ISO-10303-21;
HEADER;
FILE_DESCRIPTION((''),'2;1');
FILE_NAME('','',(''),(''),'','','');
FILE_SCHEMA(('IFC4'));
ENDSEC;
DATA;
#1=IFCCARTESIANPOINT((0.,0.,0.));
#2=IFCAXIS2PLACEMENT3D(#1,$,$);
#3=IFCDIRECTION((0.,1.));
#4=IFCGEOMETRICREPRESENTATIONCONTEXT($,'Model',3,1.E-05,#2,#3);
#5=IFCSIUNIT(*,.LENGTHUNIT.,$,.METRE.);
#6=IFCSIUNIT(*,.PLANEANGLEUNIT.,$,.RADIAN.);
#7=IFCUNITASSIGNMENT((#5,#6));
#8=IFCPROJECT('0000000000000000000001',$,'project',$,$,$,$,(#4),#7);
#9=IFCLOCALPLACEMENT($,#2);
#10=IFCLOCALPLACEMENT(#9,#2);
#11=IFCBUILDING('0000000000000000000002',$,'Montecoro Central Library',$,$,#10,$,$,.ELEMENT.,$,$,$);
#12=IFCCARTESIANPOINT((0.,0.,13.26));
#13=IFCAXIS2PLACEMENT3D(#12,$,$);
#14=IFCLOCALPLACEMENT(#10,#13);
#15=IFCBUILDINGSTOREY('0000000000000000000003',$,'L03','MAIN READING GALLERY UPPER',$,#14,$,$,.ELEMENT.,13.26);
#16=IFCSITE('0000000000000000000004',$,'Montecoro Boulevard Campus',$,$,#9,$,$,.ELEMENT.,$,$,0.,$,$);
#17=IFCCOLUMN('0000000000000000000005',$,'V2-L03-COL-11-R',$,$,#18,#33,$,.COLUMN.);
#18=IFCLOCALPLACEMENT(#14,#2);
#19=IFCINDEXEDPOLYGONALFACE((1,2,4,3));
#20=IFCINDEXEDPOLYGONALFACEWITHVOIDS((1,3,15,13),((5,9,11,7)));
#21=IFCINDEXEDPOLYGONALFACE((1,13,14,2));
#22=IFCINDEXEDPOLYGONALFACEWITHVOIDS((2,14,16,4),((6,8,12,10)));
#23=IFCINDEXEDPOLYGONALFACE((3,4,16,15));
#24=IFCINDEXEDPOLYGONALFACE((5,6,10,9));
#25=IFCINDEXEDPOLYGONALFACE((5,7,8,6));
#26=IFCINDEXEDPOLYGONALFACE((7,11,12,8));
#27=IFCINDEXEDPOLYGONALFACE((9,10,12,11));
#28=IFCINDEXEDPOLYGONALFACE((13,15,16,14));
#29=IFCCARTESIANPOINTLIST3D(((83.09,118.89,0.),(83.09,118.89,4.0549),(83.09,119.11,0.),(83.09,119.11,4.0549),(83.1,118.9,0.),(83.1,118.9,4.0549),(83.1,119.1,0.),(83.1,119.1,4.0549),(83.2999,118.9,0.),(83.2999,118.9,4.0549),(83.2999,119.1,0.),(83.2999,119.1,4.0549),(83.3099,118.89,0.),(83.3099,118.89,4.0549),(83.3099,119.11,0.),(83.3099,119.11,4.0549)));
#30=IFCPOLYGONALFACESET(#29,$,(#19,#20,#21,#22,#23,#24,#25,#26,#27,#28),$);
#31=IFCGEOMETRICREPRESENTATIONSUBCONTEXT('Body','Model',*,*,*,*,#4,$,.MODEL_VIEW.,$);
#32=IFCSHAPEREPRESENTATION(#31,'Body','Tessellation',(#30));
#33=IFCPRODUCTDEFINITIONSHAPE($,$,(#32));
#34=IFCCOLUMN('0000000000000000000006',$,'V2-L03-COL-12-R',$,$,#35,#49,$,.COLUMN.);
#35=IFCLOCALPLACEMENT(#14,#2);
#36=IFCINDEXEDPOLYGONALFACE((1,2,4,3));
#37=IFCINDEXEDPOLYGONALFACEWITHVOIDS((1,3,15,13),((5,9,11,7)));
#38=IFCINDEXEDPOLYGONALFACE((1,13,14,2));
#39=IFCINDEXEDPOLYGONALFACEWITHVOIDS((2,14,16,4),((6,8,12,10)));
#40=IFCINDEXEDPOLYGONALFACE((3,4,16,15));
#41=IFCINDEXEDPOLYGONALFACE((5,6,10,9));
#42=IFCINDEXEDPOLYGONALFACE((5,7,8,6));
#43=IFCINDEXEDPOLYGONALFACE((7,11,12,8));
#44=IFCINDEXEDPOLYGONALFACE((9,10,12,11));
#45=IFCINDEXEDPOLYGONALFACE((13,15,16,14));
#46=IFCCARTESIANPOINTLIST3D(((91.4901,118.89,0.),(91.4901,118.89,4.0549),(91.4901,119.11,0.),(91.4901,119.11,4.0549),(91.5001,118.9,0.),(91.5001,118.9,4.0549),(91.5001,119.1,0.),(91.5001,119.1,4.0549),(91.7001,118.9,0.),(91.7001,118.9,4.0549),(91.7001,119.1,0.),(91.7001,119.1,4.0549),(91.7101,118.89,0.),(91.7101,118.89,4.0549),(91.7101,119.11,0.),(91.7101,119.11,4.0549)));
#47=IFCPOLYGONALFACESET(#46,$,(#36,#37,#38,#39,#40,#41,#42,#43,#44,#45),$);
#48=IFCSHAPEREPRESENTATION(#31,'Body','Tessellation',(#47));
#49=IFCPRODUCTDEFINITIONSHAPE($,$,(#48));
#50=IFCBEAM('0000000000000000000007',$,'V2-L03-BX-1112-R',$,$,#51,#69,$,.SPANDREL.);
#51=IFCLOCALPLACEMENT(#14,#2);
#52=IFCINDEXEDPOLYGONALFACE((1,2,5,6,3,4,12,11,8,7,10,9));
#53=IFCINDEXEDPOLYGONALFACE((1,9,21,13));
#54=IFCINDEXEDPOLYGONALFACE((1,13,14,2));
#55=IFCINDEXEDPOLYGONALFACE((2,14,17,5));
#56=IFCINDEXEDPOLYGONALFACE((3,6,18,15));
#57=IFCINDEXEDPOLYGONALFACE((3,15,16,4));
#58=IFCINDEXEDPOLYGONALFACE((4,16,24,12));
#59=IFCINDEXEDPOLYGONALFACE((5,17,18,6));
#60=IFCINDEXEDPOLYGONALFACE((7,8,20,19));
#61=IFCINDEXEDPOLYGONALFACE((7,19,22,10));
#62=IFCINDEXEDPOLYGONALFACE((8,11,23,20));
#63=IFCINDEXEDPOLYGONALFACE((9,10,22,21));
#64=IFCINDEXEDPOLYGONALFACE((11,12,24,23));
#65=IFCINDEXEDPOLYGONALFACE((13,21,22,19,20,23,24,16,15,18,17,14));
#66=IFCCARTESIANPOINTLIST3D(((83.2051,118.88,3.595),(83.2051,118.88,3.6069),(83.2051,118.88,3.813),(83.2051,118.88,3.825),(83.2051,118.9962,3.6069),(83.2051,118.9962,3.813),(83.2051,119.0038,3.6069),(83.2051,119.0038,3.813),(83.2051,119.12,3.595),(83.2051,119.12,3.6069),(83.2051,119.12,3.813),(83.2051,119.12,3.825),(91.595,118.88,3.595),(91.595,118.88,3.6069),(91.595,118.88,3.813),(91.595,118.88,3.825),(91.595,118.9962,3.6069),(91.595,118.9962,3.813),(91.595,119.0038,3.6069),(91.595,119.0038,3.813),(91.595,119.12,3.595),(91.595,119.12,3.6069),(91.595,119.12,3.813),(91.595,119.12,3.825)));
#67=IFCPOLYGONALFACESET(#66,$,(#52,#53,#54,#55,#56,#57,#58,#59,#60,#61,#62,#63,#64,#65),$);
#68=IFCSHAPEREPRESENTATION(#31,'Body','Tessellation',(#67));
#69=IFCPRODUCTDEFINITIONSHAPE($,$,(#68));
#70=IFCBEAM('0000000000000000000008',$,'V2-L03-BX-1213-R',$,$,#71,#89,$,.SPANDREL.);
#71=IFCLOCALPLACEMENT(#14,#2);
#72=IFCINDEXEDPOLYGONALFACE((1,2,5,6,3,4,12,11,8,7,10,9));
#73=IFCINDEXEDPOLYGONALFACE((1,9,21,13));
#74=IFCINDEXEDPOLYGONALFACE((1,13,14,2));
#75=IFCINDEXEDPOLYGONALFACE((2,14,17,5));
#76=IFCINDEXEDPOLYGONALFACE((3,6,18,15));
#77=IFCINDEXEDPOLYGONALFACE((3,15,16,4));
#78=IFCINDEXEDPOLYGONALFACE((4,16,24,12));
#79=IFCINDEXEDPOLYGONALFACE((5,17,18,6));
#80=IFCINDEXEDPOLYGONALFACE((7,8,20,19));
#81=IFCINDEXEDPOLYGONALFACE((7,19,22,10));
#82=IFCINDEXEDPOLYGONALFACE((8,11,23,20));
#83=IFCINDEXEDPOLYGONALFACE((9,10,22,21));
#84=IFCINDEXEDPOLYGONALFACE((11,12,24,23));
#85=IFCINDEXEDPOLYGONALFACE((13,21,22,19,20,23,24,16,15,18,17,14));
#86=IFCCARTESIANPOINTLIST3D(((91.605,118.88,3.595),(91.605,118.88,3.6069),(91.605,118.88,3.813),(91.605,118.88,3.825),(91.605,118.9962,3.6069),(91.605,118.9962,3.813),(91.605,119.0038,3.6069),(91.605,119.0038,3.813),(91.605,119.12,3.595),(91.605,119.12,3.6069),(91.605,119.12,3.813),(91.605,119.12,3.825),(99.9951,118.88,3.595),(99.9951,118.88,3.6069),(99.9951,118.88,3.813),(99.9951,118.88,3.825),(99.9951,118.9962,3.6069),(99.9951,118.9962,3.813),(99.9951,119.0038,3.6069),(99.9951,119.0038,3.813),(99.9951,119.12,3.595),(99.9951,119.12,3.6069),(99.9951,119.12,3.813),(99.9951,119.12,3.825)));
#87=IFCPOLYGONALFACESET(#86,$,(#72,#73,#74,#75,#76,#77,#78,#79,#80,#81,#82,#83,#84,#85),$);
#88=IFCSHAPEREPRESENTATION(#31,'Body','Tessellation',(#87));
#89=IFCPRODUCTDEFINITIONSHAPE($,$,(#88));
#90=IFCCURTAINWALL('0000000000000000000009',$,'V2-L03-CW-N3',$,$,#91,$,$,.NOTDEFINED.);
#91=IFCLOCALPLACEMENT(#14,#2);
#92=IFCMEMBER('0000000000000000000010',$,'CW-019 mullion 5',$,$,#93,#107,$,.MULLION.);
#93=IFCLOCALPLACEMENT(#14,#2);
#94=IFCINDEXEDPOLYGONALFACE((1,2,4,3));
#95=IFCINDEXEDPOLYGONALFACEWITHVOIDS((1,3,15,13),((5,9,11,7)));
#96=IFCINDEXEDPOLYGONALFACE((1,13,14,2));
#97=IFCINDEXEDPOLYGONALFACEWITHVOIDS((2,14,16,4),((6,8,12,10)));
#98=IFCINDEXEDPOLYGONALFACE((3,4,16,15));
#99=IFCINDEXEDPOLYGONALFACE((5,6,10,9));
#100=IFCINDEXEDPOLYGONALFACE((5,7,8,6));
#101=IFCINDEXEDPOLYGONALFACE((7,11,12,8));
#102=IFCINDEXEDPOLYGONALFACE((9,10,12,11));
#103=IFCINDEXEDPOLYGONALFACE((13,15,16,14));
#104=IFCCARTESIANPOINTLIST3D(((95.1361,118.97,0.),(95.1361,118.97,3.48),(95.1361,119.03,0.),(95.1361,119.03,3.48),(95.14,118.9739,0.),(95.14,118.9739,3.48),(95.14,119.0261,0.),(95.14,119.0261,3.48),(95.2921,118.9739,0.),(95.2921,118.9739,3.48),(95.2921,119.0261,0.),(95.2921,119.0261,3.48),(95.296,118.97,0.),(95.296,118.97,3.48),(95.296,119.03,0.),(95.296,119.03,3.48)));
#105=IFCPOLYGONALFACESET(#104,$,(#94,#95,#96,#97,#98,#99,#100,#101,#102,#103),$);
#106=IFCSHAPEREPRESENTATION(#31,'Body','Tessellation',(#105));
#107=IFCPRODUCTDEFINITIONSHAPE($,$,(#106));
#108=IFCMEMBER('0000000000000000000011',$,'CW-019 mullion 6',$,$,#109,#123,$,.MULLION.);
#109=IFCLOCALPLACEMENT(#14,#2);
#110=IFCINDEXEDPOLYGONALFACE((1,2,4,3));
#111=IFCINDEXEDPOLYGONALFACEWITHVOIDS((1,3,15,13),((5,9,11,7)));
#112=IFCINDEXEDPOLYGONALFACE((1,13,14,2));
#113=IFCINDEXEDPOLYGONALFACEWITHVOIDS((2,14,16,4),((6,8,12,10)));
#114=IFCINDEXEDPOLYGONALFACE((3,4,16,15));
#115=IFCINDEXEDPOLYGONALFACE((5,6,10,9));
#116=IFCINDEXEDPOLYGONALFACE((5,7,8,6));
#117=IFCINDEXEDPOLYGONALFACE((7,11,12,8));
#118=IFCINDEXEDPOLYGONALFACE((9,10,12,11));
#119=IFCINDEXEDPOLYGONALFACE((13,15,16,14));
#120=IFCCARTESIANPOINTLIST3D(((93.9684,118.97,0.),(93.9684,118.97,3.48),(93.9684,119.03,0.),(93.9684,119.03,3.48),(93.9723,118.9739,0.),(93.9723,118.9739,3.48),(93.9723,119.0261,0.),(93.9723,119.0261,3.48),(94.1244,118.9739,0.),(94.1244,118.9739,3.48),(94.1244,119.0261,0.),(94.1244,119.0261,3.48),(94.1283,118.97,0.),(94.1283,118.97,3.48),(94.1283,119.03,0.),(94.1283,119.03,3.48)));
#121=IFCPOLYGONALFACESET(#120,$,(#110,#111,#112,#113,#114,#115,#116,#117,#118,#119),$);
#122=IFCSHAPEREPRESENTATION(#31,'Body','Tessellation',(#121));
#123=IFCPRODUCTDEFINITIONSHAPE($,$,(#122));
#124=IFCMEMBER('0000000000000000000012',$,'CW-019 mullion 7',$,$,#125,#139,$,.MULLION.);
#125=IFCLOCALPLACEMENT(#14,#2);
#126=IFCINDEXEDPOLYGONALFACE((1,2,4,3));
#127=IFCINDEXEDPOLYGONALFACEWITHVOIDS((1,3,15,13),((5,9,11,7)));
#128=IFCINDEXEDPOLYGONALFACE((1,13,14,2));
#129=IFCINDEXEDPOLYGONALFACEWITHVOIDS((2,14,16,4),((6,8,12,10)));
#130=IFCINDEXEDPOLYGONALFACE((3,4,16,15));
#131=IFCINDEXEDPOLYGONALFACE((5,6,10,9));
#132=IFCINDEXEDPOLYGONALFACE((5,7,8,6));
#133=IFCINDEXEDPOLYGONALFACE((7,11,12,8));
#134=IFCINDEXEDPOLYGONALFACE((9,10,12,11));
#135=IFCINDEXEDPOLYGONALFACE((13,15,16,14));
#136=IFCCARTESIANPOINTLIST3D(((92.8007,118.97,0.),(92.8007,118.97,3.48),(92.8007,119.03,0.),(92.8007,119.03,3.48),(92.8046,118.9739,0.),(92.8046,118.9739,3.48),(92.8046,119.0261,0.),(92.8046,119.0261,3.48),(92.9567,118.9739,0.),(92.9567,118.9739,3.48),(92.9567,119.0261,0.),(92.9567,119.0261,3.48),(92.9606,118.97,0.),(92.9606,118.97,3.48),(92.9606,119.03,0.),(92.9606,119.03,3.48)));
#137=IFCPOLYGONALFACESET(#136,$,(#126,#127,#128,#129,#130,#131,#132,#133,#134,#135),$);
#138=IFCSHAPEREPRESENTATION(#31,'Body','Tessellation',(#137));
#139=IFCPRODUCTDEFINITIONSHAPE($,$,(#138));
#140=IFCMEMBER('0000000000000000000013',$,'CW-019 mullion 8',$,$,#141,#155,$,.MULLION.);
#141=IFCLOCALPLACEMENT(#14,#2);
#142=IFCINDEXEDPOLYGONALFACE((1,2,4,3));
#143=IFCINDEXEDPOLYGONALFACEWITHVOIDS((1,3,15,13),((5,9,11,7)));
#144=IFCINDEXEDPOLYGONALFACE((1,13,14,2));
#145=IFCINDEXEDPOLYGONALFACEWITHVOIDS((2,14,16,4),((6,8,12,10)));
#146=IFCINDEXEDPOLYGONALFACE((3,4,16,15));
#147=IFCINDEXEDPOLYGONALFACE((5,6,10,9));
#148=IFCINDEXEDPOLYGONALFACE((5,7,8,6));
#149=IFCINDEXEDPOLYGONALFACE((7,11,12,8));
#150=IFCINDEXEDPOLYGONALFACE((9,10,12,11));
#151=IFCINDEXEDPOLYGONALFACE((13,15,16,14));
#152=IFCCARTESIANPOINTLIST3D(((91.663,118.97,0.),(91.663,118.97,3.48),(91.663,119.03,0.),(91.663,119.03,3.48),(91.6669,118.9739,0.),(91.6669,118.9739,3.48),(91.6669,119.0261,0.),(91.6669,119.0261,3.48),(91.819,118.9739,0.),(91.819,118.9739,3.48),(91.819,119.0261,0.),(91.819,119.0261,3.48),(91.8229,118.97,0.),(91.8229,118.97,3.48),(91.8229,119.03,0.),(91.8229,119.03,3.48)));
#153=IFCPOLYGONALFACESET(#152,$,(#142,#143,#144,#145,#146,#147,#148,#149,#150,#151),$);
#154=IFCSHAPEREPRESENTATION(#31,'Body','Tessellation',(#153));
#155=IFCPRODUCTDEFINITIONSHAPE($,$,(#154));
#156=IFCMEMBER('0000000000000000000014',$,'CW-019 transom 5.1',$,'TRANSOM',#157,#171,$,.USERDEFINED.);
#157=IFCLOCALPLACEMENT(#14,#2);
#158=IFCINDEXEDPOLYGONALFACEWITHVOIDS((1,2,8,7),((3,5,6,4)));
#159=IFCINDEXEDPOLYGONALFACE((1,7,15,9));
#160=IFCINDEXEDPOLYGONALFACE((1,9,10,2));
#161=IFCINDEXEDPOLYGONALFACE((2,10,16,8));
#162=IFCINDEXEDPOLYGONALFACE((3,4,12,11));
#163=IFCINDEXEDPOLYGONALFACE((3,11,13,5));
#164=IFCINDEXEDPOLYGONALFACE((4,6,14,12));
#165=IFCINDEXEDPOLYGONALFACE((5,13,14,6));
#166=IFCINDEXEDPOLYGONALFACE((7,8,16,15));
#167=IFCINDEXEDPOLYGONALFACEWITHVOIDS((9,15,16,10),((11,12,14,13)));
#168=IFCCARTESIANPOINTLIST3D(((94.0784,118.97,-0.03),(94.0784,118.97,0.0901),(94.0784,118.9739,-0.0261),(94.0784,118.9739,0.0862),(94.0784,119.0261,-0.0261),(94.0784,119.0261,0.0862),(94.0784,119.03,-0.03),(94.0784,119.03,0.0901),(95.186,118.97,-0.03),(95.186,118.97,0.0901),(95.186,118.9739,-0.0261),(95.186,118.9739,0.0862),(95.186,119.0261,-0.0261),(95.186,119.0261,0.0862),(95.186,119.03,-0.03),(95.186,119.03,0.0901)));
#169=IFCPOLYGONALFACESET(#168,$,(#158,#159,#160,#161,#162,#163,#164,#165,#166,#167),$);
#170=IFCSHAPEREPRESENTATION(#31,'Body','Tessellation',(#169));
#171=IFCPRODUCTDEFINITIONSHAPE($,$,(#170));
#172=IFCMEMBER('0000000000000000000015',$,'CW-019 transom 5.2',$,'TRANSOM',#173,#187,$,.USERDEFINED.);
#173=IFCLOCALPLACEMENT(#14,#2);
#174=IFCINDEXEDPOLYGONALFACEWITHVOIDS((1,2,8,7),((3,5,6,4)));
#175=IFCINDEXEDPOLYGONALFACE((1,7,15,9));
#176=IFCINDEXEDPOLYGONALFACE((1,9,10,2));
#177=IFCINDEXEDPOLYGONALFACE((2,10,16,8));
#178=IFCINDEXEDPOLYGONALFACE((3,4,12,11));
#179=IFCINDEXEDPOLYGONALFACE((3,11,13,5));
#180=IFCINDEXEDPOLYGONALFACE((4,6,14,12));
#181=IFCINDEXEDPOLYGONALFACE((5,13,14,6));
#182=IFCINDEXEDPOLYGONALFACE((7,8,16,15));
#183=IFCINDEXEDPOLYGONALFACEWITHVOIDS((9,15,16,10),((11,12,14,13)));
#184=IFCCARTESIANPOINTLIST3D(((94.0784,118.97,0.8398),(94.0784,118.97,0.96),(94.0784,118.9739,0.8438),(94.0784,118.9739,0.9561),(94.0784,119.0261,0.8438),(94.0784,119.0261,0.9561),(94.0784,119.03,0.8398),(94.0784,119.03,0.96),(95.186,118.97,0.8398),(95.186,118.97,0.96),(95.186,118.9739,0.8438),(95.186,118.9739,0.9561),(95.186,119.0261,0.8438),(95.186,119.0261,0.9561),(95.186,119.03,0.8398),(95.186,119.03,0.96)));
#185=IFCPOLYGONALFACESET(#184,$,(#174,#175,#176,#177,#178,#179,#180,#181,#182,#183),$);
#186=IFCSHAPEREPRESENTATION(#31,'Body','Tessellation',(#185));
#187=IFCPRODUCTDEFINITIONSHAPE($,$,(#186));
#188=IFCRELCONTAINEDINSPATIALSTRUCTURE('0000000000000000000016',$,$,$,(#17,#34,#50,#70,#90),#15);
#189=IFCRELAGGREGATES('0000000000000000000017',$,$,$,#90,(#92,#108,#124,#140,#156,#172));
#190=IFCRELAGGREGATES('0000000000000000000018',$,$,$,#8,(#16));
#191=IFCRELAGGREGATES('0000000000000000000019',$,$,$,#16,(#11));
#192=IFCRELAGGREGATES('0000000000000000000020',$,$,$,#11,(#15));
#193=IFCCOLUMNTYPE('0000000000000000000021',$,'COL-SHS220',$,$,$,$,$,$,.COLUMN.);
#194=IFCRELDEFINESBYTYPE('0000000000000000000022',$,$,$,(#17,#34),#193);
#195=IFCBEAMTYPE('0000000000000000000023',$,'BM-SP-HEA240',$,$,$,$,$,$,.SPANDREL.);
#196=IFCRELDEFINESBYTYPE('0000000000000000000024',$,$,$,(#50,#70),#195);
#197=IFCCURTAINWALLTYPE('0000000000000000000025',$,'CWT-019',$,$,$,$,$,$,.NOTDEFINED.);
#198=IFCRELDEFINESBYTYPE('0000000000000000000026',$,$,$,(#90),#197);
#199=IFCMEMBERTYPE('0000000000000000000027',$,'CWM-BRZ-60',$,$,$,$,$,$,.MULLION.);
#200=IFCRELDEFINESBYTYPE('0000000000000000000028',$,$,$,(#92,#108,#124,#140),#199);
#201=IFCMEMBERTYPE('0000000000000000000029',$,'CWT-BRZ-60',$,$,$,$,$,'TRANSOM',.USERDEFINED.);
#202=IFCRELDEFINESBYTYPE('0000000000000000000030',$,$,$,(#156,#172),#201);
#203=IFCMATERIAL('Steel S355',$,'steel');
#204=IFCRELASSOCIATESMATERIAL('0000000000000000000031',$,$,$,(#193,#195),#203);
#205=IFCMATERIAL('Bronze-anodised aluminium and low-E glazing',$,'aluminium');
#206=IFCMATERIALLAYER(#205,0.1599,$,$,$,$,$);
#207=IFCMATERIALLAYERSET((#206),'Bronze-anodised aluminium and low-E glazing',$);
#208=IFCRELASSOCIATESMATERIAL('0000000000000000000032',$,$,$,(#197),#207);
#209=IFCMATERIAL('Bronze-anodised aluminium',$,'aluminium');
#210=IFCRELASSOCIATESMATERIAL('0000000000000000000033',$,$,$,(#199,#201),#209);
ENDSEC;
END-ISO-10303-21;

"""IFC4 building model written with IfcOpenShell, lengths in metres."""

from ifc_helpers import new_model, si_unit, direction, frame, origin, origin_2d, place, context, subcontext, project, spatial, hollow_rectangle, i_section, extrude, material, layer, layer_set, material_profile, profile_set, type_object, element, aggregate, save


model = new_model("IFC4")

# Units and contexts
model_context = context("Model", 3, precision=1e-05, world=origin(), true_north=direction((0.0, 1.0)))
body_context = subcontext(model_context, "Body", "Model", "MODEL_VIEW")
ifc_project = project(units=[si_unit("LENGTHUNIT", "METRE"), si_unit("PLANEANGLEUNIT", "RADIAN")], contexts=[model_context])

# Site, building, storey
site_placement = place(None, origin())
site = spatial("IfcSite", under=ifc_project, at=site_placement, Name="Montecoro Boulevard Campus", CompositionType="ELEMENT", RefElevation=0.0)
building_placement = place(site_placement, origin())
building = spatial("IfcBuilding", under=site, at=building_placement, Name="Montecoro Central Library", CompositionType="ELEMENT")
storey_placement = place(building_placement, frame((0.0, 0.0, 13.26)))
storey = spatial("IfcBuildingStorey", under=building, at=storey_placement, Name="L03", Description="MAIN READING GALLERY UPPER", CompositionType="ELEMENT", Elevation=13.26)

# Columns
ifc_material_1 = material(Name="Steel S355", Category="steel")
ifc_material_profile_1 = material_profile(ifc_material_1, hollow_rectangle(XDim=0.22, YDim=0.22, WallThickness=0.01, at=origin_2d()), Name="SHS 220x220x10.0")
ifc_profile_set_1 = profile_set([ifc_material_profile_1], Name="Steel S355")
column_type = type_object("IfcColumnType", Name="COL-SHS220", PredefinedType="COLUMN", material=ifc_profile_set_1)
for number, where, z_axis, x_axis, name in (
    (1, (83.2, 119.0, 0.0), (0.0, 0.0, 1.0), (1.0, 0.0, 0.0), "V2-L03-COL-11-R"),
    (2, (91.6001, 119.0, 0.0), (0.0, 0.0, 1.0), (1.0, 0.0, 0.0), "V2-L03-COL-12-R"),
):
    element("IfcColumn", number, at=place(storey_placement, frame(where, z_axis=z_axis, x_axis=x_axis)), inside=storey, type_object=column_type, Name=name, PredefinedType="COLUMN", context=body_context, shape_type="SweptSolid", body=[
        extrude(hollow_rectangle(XDim=0.22, YDim=0.22, WallThickness=0.01, at=origin_2d()), origin(), (0.0, 0.0, 1.0), 4.0549),
    ])

# Beams
ifc_material_profile_2 = material_profile(ifc_material_1, i_section(OverallWidth=0.24, OverallDepth=0.23, WebThickness=0.0076, FlangeThickness=0.012, at=origin_2d()), Name="HEA 240")
ifc_profile_set_2 = profile_set([ifc_material_profile_2], Name="Steel S355")
beam_type = type_object("IfcBeamType", Name="BM-SP-HEA240", PredefinedType="SPANDREL", material=ifc_profile_set_2)
beam_1_placement = place(storey_placement, frame((83.2051, 119.0, 3.71), z_axis=(1.0, 0.0, 0.0), x_axis=(0.0, 1.0, 0.0)))
element("IfcBeam", 3, at=beam_1_placement, inside=storey, type_object=beam_type, Name="V2-L03-BX-1112-R", PredefinedType="SPANDREL", context=body_context, shape_type="SweptSolid", body=[
    extrude(i_section(OverallWidth=0.24, OverallDepth=0.23, WebThickness=0.0076, FlangeThickness=0.012, at=origin_2d()), origin(), (0.0, 0.0, 1.0), 8.3899),
])
beam_2_placement = place(storey_placement, frame((91.605, 119.0, 3.71), z_axis=(1.0, 0.0, 0.0), x_axis=(0.0, 1.0, 0.0)))
element("IfcBeam", 4, at=beam_2_placement, inside=storey, type_object=beam_type, Name="V2-L03-BX-1213-R", PredefinedType="SPANDREL", context=body_context, shape_type="SweptSolid", body=[
    extrude(i_section(OverallWidth=0.24, OverallDepth=0.23, WebThickness=0.0076, FlangeThickness=0.012, at=origin_2d()), origin(), (0.0, 0.0, 1.0), 8.3901),
])

# Curtain wall, members
ifc_material_2 = material(Name="Bronze-anodised aluminium and low-E glazing", Category="aluminium")
ifc_layer_1 = layer(ifc_material_2, 0.1599)
ifc_layer_set_1 = layer_set([ifc_layer_1], Name="Bronze-anodised aluminium and low-E glazing")
curtain_wall_type = type_object("IfcCurtainWallType", Name="CWT-019", PredefinedType="NOTDEFINED", material=ifc_layer_set_1)
curtain_wall_placement = place(storey_placement, origin())
curtain_wall = element("IfcCurtainWall", 5, at=curtain_wall_placement, inside=storey, type_object=curtain_wall_type, Name="V2-L03-CW-N3", PredefinedType="NOTDEFINED")
ifc_material_3 = material(Name="Bronze-anodised aluminium", Category="aluminium")
ifc_material_profile_3 = material_profile(ifc_material_3, hollow_rectangle(XDim=0.0601, YDim=0.1599, WallThickness=0.0039, at=origin_2d()), Name="CWM 160x60x4.0")
ifc_profile_set_3 = profile_set([ifc_material_profile_3], Name="Bronze-anodised aluminium")
member_type_1 = type_object("IfcMemberType", Name="CWM-BRZ-60", PredefinedType="MULLION", material=ifc_profile_set_3)
member_1_placement = place(storey_placement, frame((95.2161, 119.0, 0.0), z_axis=(0.0, 0.0, 1.0), x_axis=(0.0, -1.0, 0.0)))
member_1 = element("IfcMember", 6, at=member_1_placement, type_object=member_type_1, Name="CW-019 mullion 5", PredefinedType="MULLION", context=body_context, shape_type="SweptSolid", body=[
    extrude(hollow_rectangle(XDim=0.0601, YDim=0.1599, WallThickness=0.0039, at=origin_2d()), origin(), (0.0, 0.0, 1.0), 3.48),
])
member_2_placement = place(storey_placement, frame((94.0483, 119.0, 0.0), z_axis=(0.0, 0.0, 1.0), x_axis=(0.0, -1.0, 0.0)))
member_2 = element("IfcMember", 7, at=member_2_placement, type_object=member_type_1, Name="CW-019 mullion 6", PredefinedType="MULLION", context=body_context, shape_type="SweptSolid", body=[
    extrude(hollow_rectangle(XDim=0.0601, YDim=0.1599, WallThickness=0.0039, at=origin_2d()), origin(), (0.0, 0.0, 1.0), 3.48),
])
member_3_placement = place(storey_placement, frame((92.8806, 119.0, 0.0), z_axis=(0.0, 0.0, 1.0), x_axis=(0.0, -1.0, 0.0)))
member_3 = element("IfcMember", 8, at=member_3_placement, type_object=member_type_1, Name="CW-019 mullion 7", PredefinedType="MULLION", context=body_context, shape_type="SweptSolid", body=[
    extrude(hollow_rectangle(XDim=0.0601, YDim=0.1599, WallThickness=0.0039, at=origin_2d()), origin(), (0.0, 0.0, 1.0), 3.48),
])
member_4_placement = place(storey_placement, frame((91.7429, 119.0, 0.0), z_axis=(0.0, 0.0, 1.0), x_axis=(0.0, -1.0, 0.0)))
member_4 = element("IfcMember", 9, at=member_4_placement, type_object=member_type_1, Name="CW-019 mullion 8", PredefinedType="MULLION", context=body_context, shape_type="SweptSolid", body=[
    extrude(hollow_rectangle(XDim=0.0601, YDim=0.1599, WallThickness=0.0039, at=origin_2d()), origin(), (0.0, 0.0, 1.0), 3.48),
])
ifc_material_profile_4 = material_profile(ifc_material_3, hollow_rectangle(XDim=0.0601, YDim=0.1201, WallThickness=0.0039, at=origin_2d()), Name="CWT 120x60x4.0")
ifc_profile_set_4 = profile_set([ifc_material_profile_4], Name="Bronze-anodised aluminium")
member_type_2 = type_object("IfcMemberType", Name="CWT-BRZ-60", ElementType="TRANSOM", PredefinedType="USERDEFINED", material=ifc_profile_set_4)
member_5_placement = place(storey_placement, frame((95.186, 119.0, 0.03), z_axis=(-1.0, 0.0, 0.0), x_axis=(0.0, -1.0, 0.0)))
member_5 = element("IfcMember", 10, at=member_5_placement, type_object=member_type_2, Name="CW-019 transom 5.1", ObjectType="TRANSOM", PredefinedType="USERDEFINED", context=body_context, shape_type="SweptSolid", body=[
    extrude(hollow_rectangle(XDim=0.0601, YDim=0.1201, WallThickness=0.0039, at=origin_2d()), origin(), (0.0, 0.0, 1.0), 1.1077),
])
member_6_placement = place(storey_placement, frame((95.186, 119.0, 0.8999), z_axis=(-1.0, 0.0, 0.0), x_axis=(0.0, -1.0, 0.0)))
member_6 = element("IfcMember", 11, at=member_6_placement, type_object=member_type_2, Name="CW-019 transom 5.2", ObjectType="TRANSOM", PredefinedType="USERDEFINED", context=body_context, shape_type="SweptSolid", body=[
    extrude(hollow_rectangle(XDim=0.0601, YDim=0.1201, WallThickness=0.0039, at=origin_2d()), origin(), (0.0, 0.0, 1.0), 1.1077),
])
aggregate(curtain_wall, [member_1, member_2, member_3, member_4, member_5, member_6])

save(model, "model.ifc")
